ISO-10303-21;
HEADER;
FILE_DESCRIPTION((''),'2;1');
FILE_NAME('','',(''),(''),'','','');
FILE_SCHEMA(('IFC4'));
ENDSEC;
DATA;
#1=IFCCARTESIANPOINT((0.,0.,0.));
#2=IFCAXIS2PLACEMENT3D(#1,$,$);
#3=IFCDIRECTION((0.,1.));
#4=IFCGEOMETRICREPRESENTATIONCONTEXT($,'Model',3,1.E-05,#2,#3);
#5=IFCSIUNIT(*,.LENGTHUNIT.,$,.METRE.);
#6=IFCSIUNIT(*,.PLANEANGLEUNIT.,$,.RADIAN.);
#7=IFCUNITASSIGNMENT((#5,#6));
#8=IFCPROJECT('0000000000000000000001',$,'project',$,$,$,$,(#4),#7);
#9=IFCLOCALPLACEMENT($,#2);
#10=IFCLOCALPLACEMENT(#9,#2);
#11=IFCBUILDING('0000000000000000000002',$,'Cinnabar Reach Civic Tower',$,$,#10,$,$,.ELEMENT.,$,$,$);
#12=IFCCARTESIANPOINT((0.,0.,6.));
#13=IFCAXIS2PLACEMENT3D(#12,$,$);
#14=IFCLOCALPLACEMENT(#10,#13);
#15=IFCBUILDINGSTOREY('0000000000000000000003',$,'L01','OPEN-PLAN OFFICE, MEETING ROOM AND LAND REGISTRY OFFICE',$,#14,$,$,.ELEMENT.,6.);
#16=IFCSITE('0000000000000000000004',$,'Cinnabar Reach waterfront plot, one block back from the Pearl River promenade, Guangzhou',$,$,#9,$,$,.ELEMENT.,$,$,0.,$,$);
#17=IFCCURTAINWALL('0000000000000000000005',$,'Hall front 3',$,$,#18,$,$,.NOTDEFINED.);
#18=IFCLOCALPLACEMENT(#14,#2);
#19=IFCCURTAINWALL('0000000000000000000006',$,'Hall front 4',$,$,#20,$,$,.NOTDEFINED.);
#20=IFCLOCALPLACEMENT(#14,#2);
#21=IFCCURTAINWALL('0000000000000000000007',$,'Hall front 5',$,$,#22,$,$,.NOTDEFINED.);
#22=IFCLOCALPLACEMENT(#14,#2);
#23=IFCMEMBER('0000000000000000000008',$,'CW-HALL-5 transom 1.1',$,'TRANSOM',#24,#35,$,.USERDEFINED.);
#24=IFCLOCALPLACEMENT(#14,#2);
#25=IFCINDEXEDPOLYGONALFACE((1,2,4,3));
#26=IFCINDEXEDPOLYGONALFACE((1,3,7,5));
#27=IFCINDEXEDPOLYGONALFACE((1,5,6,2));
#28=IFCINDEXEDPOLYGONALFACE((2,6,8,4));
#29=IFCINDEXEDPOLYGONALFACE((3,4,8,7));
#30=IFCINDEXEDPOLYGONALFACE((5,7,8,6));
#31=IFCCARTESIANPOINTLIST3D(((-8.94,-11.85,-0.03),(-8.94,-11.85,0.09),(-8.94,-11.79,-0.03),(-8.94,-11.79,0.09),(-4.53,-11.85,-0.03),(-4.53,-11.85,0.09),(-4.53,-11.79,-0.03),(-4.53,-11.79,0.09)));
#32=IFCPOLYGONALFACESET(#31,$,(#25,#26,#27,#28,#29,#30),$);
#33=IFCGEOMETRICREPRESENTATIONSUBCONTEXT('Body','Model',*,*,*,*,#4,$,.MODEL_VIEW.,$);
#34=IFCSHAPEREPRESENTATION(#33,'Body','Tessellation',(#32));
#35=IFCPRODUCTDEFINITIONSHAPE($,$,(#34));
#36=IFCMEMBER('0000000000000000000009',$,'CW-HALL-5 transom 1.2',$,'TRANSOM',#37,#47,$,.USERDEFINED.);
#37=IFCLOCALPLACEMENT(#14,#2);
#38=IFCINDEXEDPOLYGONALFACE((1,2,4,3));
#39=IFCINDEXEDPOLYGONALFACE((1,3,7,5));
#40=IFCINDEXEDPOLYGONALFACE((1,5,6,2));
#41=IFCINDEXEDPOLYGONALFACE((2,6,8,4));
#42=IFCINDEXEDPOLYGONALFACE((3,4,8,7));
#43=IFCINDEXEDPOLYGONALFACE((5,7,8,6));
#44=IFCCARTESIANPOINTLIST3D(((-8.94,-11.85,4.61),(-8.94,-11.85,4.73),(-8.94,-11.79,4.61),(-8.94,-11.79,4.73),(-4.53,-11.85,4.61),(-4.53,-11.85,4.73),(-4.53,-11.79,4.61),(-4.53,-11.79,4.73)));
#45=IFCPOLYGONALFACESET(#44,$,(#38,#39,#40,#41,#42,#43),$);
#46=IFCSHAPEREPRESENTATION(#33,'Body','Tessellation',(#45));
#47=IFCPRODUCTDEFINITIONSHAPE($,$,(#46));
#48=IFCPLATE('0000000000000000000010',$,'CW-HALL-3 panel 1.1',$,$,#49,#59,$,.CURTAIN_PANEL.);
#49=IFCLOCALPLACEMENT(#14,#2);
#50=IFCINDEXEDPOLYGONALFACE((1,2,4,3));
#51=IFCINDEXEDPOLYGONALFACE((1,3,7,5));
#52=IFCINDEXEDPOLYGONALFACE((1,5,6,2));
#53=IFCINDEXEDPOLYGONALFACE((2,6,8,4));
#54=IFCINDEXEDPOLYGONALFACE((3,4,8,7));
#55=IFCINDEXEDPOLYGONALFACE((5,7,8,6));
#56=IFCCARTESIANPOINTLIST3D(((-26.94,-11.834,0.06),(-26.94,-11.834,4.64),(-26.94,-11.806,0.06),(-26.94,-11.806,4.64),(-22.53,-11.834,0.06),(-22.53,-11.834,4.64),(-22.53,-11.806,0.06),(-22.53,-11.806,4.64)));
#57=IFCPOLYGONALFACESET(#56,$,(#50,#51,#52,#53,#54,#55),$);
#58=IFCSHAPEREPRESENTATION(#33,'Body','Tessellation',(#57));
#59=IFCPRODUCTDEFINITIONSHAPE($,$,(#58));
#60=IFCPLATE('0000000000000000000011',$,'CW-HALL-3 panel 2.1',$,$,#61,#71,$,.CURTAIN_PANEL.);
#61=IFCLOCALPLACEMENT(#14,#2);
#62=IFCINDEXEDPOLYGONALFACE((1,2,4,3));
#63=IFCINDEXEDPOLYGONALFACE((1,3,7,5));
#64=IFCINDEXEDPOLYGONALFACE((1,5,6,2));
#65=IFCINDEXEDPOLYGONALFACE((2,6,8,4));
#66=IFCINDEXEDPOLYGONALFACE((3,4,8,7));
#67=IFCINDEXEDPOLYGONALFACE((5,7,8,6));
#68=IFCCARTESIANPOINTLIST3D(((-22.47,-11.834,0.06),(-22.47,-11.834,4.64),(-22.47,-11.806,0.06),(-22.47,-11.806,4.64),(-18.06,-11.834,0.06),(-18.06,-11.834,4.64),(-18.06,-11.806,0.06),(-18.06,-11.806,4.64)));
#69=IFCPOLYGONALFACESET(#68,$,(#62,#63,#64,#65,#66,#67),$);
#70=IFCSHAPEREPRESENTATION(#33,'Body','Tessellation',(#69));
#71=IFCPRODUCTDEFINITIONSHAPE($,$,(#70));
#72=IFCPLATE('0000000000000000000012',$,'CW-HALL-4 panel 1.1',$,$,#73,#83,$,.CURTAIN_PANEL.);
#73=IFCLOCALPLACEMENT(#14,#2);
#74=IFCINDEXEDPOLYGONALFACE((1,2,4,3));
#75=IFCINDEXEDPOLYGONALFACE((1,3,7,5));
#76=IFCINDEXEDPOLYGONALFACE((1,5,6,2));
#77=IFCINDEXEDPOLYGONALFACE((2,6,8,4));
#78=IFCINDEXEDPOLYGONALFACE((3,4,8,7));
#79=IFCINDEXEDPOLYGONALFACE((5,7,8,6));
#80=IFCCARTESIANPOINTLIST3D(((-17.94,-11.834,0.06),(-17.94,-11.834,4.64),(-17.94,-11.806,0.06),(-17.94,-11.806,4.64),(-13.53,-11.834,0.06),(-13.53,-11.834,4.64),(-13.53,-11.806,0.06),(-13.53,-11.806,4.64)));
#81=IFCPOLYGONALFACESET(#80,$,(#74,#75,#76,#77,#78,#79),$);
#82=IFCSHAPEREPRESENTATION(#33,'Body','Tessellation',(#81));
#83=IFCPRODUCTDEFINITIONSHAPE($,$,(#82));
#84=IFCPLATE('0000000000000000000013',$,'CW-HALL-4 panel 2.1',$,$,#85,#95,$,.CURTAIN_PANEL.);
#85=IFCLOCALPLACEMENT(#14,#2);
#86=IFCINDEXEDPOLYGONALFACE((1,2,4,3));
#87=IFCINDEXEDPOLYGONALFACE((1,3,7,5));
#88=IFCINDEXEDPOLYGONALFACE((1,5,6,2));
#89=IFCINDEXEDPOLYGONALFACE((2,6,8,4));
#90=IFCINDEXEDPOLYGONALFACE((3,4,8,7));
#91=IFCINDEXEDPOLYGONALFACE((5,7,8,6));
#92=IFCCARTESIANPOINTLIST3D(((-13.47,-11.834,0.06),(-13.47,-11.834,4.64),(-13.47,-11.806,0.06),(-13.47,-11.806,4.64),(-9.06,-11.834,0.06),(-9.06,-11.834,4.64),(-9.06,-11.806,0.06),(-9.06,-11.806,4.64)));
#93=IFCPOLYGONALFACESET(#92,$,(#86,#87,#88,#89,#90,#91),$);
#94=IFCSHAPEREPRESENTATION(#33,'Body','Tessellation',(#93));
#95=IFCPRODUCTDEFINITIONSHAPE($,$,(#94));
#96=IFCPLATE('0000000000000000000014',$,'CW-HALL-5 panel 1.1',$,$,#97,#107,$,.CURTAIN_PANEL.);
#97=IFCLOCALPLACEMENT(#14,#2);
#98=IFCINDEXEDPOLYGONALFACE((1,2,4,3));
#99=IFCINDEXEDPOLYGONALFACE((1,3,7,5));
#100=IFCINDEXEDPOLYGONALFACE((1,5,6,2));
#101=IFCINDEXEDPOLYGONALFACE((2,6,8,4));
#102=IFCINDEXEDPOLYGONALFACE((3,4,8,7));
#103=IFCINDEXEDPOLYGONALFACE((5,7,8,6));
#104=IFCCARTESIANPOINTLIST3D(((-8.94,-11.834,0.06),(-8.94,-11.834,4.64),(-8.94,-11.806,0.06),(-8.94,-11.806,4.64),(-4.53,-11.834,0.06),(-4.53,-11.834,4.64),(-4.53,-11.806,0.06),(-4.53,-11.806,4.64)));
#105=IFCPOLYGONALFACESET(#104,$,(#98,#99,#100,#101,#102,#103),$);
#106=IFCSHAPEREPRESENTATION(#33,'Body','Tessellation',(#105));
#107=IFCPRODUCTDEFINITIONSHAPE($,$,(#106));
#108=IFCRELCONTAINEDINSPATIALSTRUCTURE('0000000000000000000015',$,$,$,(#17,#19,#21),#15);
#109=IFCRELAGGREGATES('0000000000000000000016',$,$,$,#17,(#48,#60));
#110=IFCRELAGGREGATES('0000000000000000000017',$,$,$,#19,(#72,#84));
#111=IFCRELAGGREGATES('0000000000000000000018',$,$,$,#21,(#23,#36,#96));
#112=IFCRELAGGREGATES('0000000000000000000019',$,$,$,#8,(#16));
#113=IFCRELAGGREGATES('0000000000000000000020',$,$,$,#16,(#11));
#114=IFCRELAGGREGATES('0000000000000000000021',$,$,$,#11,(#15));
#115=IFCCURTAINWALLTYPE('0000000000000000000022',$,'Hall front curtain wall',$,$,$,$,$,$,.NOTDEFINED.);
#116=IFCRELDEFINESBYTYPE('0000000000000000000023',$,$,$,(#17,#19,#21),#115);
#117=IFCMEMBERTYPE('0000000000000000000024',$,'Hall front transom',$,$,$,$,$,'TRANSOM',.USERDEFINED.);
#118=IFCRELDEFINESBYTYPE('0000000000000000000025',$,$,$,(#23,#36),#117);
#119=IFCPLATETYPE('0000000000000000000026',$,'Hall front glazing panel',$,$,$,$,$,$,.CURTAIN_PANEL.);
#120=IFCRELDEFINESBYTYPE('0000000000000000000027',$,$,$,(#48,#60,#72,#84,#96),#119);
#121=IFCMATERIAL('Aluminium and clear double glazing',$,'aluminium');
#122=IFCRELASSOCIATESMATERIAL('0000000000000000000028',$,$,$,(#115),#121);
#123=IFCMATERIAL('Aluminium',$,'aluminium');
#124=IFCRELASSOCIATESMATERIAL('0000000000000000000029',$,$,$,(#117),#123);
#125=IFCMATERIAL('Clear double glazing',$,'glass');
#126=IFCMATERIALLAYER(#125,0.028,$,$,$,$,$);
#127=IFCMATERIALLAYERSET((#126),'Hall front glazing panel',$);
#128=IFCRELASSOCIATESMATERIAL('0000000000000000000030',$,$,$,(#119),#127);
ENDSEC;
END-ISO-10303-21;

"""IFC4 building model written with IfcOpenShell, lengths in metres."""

from ifc_helpers import new_model, si_unit, direction, frame, origin, origin_2d, place, context, subcontext, project, spatial, rectangle, extrude, material, layer, layer_set, material_profile, profile_set, type_object, element, aggregate, save


model = new_model("IFC4")

# Units and contexts
model_context = context("Model", 3, precision=1e-05, world=origin(), true_north=direction((0.0, 1.0)))
body_context = subcontext(model_context, "Body", "Model", "MODEL_VIEW")
ifc_project = project(units=[si_unit("LENGTHUNIT", "METRE"), si_unit("PLANEANGLEUNIT", "RADIAN")], contexts=[model_context])

# Site, building, storey
site_placement = place(None, origin())
site = spatial("IfcSite", under=ifc_project, at=site_placement, Name="Cinnabar Reach waterfront plot, one block back from the Pearl River promenade, Guangzhou", CompositionType="ELEMENT", RefElevation=0.0)
building_placement = place(site_placement, origin())
building = spatial("IfcBuilding", under=site, at=building_placement, Name="Cinnabar Reach Civic Tower", CompositionType="ELEMENT")
storey_placement = place(building_placement, frame((0.0, 0.0, 6.0)))
storey = spatial("IfcBuildingStorey", under=building, at=storey_placement, Name="L01", Description="OPEN-PLAN OFFICE, MEETING ROOM AND LAND REGISTRY OFFICE", CompositionType="ELEMENT", Elevation=6.0)

# Curtain walls
ifc_material_1 = material(Name="Aluminium and clear double glazing", Category="aluminium")
curtain_wall_type = type_object("IfcCurtainWallType", Name="Hall front curtain wall", PredefinedType="NOTDEFINED", material=ifc_material_1)
curtain_wall_1_placement = place(storey_placement, origin())
curtain_wall_1 = element("IfcCurtainWall", 1, at=curtain_wall_1_placement, inside=storey, type_object=curtain_wall_type, Name="Hall front 3", PredefinedType="NOTDEFINED")
ifc_material_2 = material(Name="Aluminium", Category="aluminium")
curtain_wall_2_placement = place(storey_placement, origin())
curtain_wall_2 = element("IfcCurtainWall", 2, at=curtain_wall_2_placement, inside=storey, type_object=curtain_wall_type, Name="Hall front 4", PredefinedType="NOTDEFINED")
curtain_wall_3_placement = place(storey_placement, origin())
curtain_wall_3 = element("IfcCurtainWall", 3, at=curtain_wall_3_placement, inside=storey, type_object=curtain_wall_type, Name="Hall front 5", PredefinedType="NOTDEFINED")

# Members
ifc_material_profile_1 = material_profile(ifc_material_2, rectangle(XDim=0.06, YDim=0.12, at=origin_2d()), Name="Hall front transom")
ifc_profile_set_1 = profile_set([ifc_material_profile_1], Name="Aluminium")
member_type_1 = type_object("IfcMemberType", Name="Hall front transom", ElementType="TRANSOM", PredefinedType="USERDEFINED", material=ifc_profile_set_1)
member_1_placement = place(storey_placement, frame((-8.94, -11.82, 0.03), z_axis=(1.0, 0.0, 0.0), x_axis=(0.0, 1.0, 0.0)))
member_1 = element("IfcMember", 4, at=member_1_placement, type_object=member_type_1, Name="CW-HALL-5 transom 1.1", ObjectType="TRANSOM", PredefinedType="USERDEFINED", context=body_context, shape_type="SweptSolid", body=[
    extrude(rectangle(XDim=0.06, YDim=0.12, at=origin_2d()), origin(), (0.0, 0.0, 1.0), 4.41),
])
member_2_placement = place(storey_placement, frame((-8.94, -11.82, 4.67), z_axis=(1.0, 0.0, 0.0), x_axis=(0.0, 1.0, 0.0)))
member_2 = element("IfcMember", 5, at=member_2_placement, type_object=member_type_1, Name="CW-HALL-5 transom 1.2", ObjectType="TRANSOM", PredefinedType="USERDEFINED", context=body_context, shape_type="SweptSolid", body=[
    extrude(rectangle(XDim=0.06, YDim=0.12, at=origin_2d()), origin(), (0.0, 0.0, 1.0), 4.41),
])

# Plates
ifc_material_3 = material(Name="Clear double glazing", Category="glass")
ifc_layer = layer(ifc_material_3, 0.028)
ifc_layer_set = layer_set([ifc_layer], Name="Hall front glazing panel")
plate_type = type_object("IfcPlateType", Name="Hall front glazing panel", PredefinedType="CURTAIN_PANEL", material=ifc_layer_set)
plate_1_placement = place(storey_placement, frame((-24.735, -11.82, 0.06), z_axis=(0.0, 0.0, 1.0), x_axis=(1.0, 0.0, 0.0)))
plate_1 = element("IfcPlate", 6, at=plate_1_placement, type_object=plate_type, Name="CW-HALL-3 panel 1.1", PredefinedType="CURTAIN_PANEL", context=body_context, shape_type="SweptSolid", body=[
    extrude(rectangle(XDim=4.41, YDim=0.028, at=origin_2d()), origin(), (0.0, 0.0, 1.0), 4.58),
])
plate_2_placement = place(storey_placement, frame((-20.265, -11.82, 0.06), z_axis=(0.0, 0.0, 1.0), x_axis=(1.0, 0.0, 0.0)))
plate_2 = element("IfcPlate", 7, at=plate_2_placement, type_object=plate_type, Name="CW-HALL-3 panel 2.1", PredefinedType="CURTAIN_PANEL", context=body_context, shape_type="SweptSolid", body=[
    extrude(rectangle(XDim=4.41, YDim=0.028, at=origin_2d()), origin(), (0.0, 0.0, 1.0), 4.58),
])
aggregate(curtain_wall_1, [plate_1, plate_2])
plate_3_placement = place(storey_placement, frame((-15.735, -11.82, 0.06), z_axis=(0.0, 0.0, 1.0), x_axis=(1.0, 0.0, 0.0)))
plate_3 = element("IfcPlate", 8, at=plate_3_placement, type_object=plate_type, Name="CW-HALL-4 panel 1.1", PredefinedType="CURTAIN_PANEL", context=body_context, shape_type="SweptSolid", body=[
    extrude(rectangle(XDim=4.41, YDim=0.028, at=origin_2d()), origin(), (0.0, 0.0, 1.0), 4.58),
])
plate_4_placement = place(storey_placement, frame((-11.265, -11.82, 0.06), z_axis=(0.0, 0.0, 1.0), x_axis=(1.0, 0.0, 0.0)))
plate_4 = element("IfcPlate", 9, at=plate_4_placement, type_object=plate_type, Name="CW-HALL-4 panel 2.1", PredefinedType="CURTAIN_PANEL", context=body_context, shape_type="SweptSolid", body=[
    extrude(rectangle(XDim=4.41, YDim=0.028, at=origin_2d()), origin(), (0.0, 0.0, 1.0), 4.58),
])
aggregate(curtain_wall_2, [plate_3, plate_4])
plate_5_placement = place(storey_placement, frame((-6.735, -11.82, 0.06), z_axis=(0.0, 0.0, 1.0), x_axis=(1.0, 0.0, 0.0)))
plate_5 = element("IfcPlate", 10, at=plate_5_placement, type_object=plate_type, Name="CW-HALL-5 panel 1.1", PredefinedType="CURTAIN_PANEL", context=body_context, shape_type="SweptSolid", body=[
    extrude(rectangle(XDim=4.41, YDim=0.028, at=origin_2d()), origin(), (0.0, 0.0, 1.0), 4.58),
])
aggregate(curtain_wall_3, [member_1, member_2, plate_5])

save(model, "model.ifc")
